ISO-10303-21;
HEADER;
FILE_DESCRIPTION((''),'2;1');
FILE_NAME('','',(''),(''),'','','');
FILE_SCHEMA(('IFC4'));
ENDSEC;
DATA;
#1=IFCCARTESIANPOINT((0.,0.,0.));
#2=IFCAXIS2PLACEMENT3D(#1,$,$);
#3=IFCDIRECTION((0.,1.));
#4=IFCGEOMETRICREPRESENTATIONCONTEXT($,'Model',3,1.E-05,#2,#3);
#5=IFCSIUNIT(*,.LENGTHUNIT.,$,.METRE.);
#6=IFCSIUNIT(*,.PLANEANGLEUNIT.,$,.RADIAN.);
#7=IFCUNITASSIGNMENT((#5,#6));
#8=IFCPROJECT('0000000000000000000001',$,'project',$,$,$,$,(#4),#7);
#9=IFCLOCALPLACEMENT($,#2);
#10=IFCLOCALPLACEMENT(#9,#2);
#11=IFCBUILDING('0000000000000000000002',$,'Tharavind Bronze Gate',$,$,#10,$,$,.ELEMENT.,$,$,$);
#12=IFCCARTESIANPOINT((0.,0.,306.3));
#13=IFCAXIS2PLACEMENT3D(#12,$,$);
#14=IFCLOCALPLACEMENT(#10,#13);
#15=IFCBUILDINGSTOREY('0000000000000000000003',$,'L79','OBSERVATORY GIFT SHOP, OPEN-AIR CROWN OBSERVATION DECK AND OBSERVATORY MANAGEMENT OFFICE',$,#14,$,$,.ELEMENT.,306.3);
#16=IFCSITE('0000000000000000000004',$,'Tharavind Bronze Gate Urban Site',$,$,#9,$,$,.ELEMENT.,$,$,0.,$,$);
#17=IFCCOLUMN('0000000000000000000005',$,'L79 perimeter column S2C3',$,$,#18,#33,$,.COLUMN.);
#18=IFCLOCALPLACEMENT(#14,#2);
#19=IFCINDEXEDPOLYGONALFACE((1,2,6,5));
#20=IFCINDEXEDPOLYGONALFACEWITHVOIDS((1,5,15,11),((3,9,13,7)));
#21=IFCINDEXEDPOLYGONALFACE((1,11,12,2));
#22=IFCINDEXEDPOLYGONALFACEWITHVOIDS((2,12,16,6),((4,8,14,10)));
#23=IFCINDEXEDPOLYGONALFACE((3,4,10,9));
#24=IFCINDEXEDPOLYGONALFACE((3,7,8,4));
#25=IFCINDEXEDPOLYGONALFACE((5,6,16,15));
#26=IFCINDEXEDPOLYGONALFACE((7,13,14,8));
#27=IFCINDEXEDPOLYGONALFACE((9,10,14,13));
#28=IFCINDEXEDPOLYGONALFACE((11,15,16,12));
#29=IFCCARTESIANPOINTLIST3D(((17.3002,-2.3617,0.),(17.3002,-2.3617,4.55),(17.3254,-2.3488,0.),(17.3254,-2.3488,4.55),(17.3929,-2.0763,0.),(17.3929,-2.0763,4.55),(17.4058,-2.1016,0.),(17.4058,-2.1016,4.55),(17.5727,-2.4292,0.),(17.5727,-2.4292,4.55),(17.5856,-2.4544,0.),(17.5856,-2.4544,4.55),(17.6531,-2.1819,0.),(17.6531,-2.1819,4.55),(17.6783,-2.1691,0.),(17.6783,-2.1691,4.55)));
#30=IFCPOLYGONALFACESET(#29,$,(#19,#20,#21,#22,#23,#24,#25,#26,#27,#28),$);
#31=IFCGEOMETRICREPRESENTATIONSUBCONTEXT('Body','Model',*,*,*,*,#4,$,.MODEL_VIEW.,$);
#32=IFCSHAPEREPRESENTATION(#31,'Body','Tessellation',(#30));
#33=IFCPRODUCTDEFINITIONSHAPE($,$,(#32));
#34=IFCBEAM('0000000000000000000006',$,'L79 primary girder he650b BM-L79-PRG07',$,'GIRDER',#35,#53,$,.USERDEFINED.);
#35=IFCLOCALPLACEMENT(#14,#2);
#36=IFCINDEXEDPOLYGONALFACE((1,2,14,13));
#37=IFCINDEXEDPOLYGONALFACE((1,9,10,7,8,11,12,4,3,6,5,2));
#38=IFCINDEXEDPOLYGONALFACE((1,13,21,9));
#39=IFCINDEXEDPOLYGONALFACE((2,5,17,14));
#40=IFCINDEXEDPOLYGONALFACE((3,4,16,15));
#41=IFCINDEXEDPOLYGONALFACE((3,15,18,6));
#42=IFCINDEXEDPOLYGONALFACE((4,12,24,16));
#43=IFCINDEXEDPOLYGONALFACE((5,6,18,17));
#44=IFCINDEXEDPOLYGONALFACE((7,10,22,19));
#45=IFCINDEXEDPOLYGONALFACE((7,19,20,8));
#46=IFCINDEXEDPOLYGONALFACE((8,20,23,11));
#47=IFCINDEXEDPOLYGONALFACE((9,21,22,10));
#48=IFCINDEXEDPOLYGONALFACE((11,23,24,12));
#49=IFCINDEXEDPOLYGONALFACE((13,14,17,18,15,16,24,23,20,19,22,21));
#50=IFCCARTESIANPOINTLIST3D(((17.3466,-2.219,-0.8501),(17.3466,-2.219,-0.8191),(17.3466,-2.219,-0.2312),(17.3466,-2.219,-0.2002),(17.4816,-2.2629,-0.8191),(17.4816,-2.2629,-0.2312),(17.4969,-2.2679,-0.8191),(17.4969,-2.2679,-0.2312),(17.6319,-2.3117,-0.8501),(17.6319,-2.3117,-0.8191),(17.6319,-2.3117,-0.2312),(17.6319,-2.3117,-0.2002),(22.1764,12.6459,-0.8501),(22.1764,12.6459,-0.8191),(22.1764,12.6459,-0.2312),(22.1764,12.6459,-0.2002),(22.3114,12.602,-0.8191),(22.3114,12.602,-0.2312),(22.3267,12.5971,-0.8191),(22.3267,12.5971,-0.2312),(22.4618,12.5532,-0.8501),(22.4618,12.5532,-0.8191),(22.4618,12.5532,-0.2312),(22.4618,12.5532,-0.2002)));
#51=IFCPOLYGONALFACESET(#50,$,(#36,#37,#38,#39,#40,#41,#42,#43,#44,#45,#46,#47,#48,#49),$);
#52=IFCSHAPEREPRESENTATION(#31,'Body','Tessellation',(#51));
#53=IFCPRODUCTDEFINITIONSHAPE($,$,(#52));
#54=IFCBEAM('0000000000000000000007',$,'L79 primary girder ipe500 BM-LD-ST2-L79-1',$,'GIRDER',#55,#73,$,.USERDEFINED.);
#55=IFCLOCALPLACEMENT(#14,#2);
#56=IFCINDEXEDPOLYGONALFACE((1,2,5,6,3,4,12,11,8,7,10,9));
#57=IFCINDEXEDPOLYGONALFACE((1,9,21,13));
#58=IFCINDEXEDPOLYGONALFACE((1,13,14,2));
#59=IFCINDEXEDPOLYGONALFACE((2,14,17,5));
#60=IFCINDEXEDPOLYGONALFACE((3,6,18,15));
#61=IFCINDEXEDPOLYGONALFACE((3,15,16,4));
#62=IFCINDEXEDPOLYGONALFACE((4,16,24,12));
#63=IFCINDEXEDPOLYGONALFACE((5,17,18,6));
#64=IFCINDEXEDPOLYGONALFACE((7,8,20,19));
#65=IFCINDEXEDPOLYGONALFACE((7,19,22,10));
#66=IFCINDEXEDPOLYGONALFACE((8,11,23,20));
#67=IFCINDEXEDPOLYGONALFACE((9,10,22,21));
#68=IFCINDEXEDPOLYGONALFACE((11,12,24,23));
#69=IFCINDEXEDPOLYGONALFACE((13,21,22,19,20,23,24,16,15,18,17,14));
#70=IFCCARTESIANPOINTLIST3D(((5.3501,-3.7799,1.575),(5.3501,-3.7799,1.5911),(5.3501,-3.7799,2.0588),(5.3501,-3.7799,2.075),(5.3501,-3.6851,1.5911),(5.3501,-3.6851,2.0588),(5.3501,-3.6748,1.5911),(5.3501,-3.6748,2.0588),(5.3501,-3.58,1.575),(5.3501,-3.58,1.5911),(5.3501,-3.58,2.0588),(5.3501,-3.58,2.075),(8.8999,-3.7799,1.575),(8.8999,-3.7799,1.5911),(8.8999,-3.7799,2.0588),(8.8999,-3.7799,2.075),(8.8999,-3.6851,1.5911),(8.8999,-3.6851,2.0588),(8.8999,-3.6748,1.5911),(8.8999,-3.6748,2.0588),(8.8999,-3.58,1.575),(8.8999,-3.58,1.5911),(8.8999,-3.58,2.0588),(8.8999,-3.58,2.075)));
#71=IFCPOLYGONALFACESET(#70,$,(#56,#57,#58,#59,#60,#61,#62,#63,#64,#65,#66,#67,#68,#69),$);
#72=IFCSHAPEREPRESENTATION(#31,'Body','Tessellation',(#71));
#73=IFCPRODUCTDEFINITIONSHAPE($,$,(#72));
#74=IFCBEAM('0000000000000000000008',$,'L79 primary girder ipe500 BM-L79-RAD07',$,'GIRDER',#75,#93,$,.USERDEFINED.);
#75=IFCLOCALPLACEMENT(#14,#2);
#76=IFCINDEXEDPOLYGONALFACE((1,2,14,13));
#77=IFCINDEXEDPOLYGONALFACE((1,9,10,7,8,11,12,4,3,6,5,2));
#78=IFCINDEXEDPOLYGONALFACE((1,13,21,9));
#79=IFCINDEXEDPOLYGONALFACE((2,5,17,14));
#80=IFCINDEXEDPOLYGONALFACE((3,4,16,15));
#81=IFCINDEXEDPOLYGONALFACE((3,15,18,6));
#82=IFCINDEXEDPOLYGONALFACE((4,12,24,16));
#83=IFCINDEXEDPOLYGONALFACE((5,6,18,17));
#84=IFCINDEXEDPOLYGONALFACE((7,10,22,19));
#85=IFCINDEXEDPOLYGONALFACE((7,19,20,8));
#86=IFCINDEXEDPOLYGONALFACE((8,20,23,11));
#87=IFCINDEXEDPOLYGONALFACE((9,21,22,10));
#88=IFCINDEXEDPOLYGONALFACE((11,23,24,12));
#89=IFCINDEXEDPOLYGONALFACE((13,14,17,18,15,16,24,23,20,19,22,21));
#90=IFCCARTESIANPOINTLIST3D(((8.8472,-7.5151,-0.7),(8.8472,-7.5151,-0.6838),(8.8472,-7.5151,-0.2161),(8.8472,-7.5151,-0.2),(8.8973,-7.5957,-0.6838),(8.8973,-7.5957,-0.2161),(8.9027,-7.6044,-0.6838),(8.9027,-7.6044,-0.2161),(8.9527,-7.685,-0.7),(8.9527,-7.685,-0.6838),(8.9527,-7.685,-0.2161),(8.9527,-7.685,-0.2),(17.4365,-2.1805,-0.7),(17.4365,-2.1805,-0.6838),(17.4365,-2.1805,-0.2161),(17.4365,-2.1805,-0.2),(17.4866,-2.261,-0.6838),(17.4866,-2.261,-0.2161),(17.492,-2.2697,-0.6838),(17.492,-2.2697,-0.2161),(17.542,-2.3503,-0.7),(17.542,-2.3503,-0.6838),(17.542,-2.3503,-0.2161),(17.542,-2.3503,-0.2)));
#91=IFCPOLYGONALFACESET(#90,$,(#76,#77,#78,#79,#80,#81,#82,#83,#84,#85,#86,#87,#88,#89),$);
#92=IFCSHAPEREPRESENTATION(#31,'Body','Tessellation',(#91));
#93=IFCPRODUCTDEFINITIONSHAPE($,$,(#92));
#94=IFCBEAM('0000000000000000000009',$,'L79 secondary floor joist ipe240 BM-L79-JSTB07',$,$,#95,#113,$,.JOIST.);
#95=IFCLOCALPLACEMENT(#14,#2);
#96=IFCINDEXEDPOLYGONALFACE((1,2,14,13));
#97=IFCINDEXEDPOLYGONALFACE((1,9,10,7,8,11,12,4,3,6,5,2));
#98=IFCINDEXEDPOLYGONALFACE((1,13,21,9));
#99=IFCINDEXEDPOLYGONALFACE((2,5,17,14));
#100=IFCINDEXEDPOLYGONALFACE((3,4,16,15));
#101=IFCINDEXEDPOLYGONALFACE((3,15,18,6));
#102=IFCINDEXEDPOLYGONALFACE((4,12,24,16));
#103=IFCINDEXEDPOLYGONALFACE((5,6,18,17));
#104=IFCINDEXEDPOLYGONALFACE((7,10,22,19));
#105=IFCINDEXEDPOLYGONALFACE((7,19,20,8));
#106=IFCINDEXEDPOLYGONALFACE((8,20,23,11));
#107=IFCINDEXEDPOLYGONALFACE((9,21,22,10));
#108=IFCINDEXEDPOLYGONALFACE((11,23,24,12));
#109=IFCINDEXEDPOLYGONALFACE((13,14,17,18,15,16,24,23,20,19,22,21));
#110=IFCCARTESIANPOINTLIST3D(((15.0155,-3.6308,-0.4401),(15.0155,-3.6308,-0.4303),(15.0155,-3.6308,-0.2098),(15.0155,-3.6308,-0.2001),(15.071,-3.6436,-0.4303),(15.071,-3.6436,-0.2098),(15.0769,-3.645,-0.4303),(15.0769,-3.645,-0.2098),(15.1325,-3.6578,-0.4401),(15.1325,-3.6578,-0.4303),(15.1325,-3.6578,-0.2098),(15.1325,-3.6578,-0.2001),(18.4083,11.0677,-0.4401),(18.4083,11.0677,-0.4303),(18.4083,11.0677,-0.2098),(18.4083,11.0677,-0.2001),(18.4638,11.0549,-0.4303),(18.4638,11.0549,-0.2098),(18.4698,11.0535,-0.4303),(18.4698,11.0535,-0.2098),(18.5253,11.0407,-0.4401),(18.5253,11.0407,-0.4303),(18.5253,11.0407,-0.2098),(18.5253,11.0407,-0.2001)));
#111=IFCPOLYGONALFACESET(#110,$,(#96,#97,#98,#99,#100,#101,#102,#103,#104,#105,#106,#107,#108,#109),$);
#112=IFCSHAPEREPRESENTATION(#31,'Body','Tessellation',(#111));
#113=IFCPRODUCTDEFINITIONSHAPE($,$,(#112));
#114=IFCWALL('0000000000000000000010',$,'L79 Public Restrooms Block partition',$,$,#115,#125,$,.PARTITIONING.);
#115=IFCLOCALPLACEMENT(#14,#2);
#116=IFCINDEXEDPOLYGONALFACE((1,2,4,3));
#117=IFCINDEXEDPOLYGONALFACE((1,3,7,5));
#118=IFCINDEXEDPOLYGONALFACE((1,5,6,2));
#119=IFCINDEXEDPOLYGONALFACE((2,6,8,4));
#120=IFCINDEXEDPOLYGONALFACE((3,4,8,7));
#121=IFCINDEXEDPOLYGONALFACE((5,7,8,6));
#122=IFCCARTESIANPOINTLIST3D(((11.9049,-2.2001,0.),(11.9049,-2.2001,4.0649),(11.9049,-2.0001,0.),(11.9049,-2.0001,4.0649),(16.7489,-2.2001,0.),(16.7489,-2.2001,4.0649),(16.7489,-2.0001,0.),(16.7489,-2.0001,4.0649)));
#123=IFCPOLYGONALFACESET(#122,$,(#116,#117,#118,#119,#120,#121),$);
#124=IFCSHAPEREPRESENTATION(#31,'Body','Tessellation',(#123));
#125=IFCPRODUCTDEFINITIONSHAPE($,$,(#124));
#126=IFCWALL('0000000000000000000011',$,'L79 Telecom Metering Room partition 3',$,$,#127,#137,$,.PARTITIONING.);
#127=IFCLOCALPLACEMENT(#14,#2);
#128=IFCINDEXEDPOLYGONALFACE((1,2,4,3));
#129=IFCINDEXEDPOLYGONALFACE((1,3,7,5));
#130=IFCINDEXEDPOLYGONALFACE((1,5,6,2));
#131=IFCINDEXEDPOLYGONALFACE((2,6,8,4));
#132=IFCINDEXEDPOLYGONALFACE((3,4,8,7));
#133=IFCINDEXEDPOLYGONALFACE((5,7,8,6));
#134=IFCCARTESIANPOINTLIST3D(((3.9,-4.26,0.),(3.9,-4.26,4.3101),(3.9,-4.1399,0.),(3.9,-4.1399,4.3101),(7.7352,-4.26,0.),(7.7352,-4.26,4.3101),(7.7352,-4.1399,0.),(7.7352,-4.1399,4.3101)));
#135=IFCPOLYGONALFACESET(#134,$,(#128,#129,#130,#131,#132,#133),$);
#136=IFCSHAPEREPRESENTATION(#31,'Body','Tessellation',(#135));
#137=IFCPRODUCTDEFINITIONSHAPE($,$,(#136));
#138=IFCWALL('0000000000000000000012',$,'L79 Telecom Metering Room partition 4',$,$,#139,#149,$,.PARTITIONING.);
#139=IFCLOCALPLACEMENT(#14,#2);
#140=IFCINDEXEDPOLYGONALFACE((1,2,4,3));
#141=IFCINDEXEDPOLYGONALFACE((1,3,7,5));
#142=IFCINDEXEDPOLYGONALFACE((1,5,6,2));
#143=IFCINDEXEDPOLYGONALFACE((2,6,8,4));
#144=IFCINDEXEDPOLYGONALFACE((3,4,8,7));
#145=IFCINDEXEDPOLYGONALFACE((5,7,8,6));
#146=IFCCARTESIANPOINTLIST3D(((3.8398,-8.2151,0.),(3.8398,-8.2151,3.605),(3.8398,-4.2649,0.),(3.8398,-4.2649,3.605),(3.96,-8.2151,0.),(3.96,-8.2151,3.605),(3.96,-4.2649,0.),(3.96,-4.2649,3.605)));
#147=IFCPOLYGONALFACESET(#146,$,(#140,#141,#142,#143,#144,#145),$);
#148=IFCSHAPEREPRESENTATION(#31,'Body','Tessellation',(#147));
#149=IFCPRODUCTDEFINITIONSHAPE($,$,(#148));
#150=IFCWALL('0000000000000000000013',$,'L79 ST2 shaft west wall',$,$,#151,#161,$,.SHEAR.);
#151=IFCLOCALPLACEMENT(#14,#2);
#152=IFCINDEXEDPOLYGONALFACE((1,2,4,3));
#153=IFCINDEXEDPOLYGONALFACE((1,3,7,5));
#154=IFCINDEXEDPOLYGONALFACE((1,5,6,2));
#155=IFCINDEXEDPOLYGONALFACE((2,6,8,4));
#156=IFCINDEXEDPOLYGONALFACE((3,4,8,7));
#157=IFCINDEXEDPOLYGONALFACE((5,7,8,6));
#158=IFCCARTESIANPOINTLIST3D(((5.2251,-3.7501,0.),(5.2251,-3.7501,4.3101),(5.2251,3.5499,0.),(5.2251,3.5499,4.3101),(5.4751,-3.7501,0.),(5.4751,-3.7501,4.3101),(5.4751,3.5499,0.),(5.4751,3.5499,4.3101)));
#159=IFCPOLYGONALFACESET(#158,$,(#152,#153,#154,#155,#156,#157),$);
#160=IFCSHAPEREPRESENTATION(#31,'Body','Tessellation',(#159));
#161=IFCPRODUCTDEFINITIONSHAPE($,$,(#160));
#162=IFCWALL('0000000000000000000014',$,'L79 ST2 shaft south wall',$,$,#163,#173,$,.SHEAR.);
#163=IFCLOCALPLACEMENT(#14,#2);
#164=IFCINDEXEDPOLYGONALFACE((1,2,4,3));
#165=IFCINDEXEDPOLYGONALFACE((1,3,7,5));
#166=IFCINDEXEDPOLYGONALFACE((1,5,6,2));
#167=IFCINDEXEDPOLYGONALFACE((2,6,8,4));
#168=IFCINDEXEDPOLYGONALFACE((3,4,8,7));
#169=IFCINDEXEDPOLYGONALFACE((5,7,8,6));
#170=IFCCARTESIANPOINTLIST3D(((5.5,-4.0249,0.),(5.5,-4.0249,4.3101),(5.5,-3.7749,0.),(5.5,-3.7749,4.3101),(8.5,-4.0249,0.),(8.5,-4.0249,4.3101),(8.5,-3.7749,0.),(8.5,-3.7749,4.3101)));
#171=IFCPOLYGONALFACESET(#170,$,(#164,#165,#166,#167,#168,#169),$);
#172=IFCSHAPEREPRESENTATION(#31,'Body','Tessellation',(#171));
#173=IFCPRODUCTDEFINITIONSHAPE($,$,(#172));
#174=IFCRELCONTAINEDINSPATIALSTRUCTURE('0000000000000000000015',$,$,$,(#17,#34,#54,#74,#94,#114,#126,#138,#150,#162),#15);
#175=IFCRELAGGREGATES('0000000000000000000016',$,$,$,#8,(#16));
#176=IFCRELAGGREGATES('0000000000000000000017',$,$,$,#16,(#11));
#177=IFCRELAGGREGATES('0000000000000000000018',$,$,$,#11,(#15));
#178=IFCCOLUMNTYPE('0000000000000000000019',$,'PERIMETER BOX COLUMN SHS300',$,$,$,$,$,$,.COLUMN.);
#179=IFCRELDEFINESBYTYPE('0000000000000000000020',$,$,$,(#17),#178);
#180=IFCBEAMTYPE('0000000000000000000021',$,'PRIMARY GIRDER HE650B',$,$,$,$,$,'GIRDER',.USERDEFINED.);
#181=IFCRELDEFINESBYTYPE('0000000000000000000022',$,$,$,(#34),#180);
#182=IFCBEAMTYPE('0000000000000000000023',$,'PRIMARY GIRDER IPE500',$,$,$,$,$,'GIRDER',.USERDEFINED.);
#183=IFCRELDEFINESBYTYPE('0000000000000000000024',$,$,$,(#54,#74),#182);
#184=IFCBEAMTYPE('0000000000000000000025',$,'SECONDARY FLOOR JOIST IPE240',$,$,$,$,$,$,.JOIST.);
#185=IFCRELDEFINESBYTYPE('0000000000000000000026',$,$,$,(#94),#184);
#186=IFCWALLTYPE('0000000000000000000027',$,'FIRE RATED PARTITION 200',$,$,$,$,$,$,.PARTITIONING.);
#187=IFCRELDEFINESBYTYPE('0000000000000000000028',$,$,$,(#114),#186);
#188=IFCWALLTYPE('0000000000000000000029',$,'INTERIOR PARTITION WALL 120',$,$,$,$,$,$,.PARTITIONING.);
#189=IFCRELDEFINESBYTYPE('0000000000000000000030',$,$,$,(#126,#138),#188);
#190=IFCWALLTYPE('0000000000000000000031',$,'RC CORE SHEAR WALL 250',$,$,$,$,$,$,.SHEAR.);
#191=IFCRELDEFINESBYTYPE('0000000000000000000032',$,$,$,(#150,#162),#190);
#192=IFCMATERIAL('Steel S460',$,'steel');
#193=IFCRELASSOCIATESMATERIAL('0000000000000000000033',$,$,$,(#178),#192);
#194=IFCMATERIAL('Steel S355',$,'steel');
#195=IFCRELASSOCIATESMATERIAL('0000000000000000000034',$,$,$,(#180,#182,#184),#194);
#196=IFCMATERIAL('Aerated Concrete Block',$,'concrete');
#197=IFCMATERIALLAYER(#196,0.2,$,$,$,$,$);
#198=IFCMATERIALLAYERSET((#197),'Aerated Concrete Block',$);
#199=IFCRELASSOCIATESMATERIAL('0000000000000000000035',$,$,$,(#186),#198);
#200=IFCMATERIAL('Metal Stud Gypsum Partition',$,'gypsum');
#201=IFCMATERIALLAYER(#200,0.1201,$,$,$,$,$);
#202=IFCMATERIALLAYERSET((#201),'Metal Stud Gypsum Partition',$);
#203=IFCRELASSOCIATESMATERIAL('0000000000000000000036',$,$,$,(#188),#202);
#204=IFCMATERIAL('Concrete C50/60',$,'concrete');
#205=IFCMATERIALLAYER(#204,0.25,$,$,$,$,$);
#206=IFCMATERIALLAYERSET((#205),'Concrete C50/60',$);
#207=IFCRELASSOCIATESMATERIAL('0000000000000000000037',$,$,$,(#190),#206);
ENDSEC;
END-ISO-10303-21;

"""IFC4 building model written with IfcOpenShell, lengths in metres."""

from ifc_helpers import new_model, si_unit, direction, frame, frame_2d, origin, origin_2d, place, context, subcontext, project, spatial, rectangle, hollow_rectangle, i_section, extrude, material, layer, layer_set, material_profile, profile_set, type_object, element, save


model = new_model("IFC4")

# Units and contexts
model_context = context("Model", 3, precision=1e-05, world=origin(), true_north=direction((0.0, 1.0)))
body_context = subcontext(model_context, "Body", "Model", "MODEL_VIEW")
ifc_project = project(units=[si_unit("LENGTHUNIT", "METRE"), si_unit("PLANEANGLEUNIT", "RADIAN")], contexts=[model_context])

# Site, building, storey
site_placement = place(None, origin())
site = spatial("IfcSite", under=ifc_project, at=site_placement, Name="Tharavind Bronze Gate Urban Site", CompositionType="ELEMENT", RefElevation=0.0)
building_placement = place(site_placement, origin())
building = spatial("IfcBuilding", under=site, at=building_placement, Name="Tharavind Bronze Gate", CompositionType="ELEMENT")
storey_placement = place(building_placement, frame((0.0, 0.0, 306.3)))
storey = spatial("IfcBuildingStorey", under=building, at=storey_placement, Name="L79", Description="OBSERVATORY GIFT SHOP, OPEN-AIR CROWN OBSERVATION DECK AND OBSERVATORY MANAGEMENT OFFICE", CompositionType="ELEMENT", Elevation=306.3)

# Column
ifc_material_1 = material(Name="Steel S460", Category="steel")
ifc_material_profile_1 = material_profile(ifc_material_1, hollow_rectangle(XDim=0.3, YDim=0.3, WallThickness=0.02, at=origin_2d()), Name="SHS300X20")
ifc_profile_set_1 = profile_set([ifc_material_profile_1], Name="Steel S460")
column_type = type_object("IfcColumnType", Name="PERIMETER BOX COLUMN SHS300", PredefinedType="COLUMN", material=ifc_profile_set_1)
column_placement = place(storey_placement, frame((17.4893, -2.2654, 0.0), z_axis=(0.0, 0.0, 1.0), x_axis=(0.309019, 0.951056, 0.0)))
element("IfcColumn", 1, at=column_placement, inside=storey, type_object=column_type, Name="L79 perimeter column S2C3", PredefinedType="COLUMN", context=body_context, shape_type="SweptSolid", body=[
    extrude(hollow_rectangle(XDim=0.3, YDim=0.3, WallThickness=0.02, at=origin_2d()), origin(), (0.0, 0.0, 1.0), 4.55),
])

# Beams
ifc_material_2 = material(Name="Steel S355", Category="steel")
ifc_material_profile_2 = material_profile(ifc_material_2, i_section(OverallWidth=0.3, OverallDepth=0.6499, WebThickness=0.0161, FlangeThickness=0.031, at=origin_2d()), Name="HE650B")
ifc_profile_set_2 = profile_set([ifc_material_profile_2], Name="Steel S355")
beam_type_1 = type_object("IfcBeamType", Name="PRIMARY GIRDER HE650B", ElementType="GIRDER", PredefinedType="USERDEFINED", material=ifc_profile_set_2)
beam_1_placement = place(storey_placement, frame((17.4893, -2.2654, -0.5251), z_axis=(0.309012, 0.951058, 0.0), x_axis=(-0.951058, 0.309012, 0.0)))
element("IfcBeam", 2, at=beam_1_placement, inside=storey, type_object=beam_type_1, Name="L79 primary girder he650b BM-L79-PRG07", ObjectType="GIRDER", PredefinedType="USERDEFINED", context=body_context, shape_type="SweptSolid", body=[
    extrude(i_section(OverallWidth=0.3, OverallDepth=0.6499, WebThickness=0.0161, FlangeThickness=0.031, at=origin_2d()), origin(), (0.0, 0.0, 1.0), 15.6299),
])
ifc_material_profile_3 = material_profile(ifc_material_2, i_section(OverallWidth=0.2, OverallDepth=0.5, WebThickness=0.0103, FlangeThickness=0.0161, at=origin_2d()), Name="IPE500")
ifc_profile_set_3 = profile_set([ifc_material_profile_3], Name="Steel S355")
beam_type_2 = type_object("IfcBeamType", Name="PRIMARY GIRDER IPE500", ElementType="GIRDER", PredefinedType="USERDEFINED", material=ifc_profile_set_3)
beam_2_placement = place(storey_placement, frame((5.3501, -3.6799, 1.825), z_axis=(1.0, 0.0, 0.0), x_axis=(0.0, 1.0, 0.0)))
element("IfcBeam", 3, at=beam_2_placement, inside=storey, type_object=beam_type_2, Name="L79 primary girder ipe500 BM-LD-ST2-L79-1", ObjectType="GIRDER", PredefinedType="USERDEFINED", context=body_context, shape_type="SweptSolid", body=[
    extrude(i_section(OverallWidth=0.2, OverallDepth=0.5, WebThickness=0.0103, FlangeThickness=0.0161, at=origin_2d()), origin(), (0.0, 0.0, 1.0), 3.5498),
])
beam_3_placement = place(storey_placement, frame((17.4893, -2.2654, -0.45), z_axis=(-0.84949, -0.527605, 0.0), x_axis=(0.527605, -0.84949, 0.0)))
element("IfcBeam", 4, at=beam_3_placement, inside=storey, type_object=beam_type_2, Name="L79 primary girder ipe500 BM-L79-RAD07", ObjectType="GIRDER", PredefinedType="USERDEFINED", context=body_context, shape_type="SweptSolid", body=[
    extrude(i_section(OverallWidth=0.2, OverallDepth=0.5, WebThickness=0.0103, FlangeThickness=0.0161, at=origin_2d()), origin(), (0.0, 0.0, 1.0), 10.1111),
])
ifc_material_profile_4 = material_profile(ifc_material_2, i_section(OverallWidth=0.1201, OverallDepth=0.24, WebThickness=0.0061, FlangeThickness=0.0098, at=origin_2d()), Name="IPE240")
ifc_profile_set_4 = profile_set([ifc_material_profile_4], Name="Steel S355")
beam_type_3 = type_object("IfcBeamType", Name="SECONDARY FLOOR JOIST IPE240", PredefinedType="JOIST", material=ifc_profile_set_4)
beam_4_placement = place(storey_placement, frame((15.074, -3.6443, -0.3201), z_axis=(0.224914, 0.974379, 0.0), x_axis=(-0.974379, 0.224914, 0.0)))
element("IfcBeam", 5, at=beam_4_placement, inside=storey, type_object=beam_type_3, Name="L79 secondary floor joist ipe240 BM-L79-JSTB07", PredefinedType="JOIST", context=body_context, shape_type="SweptSolid", body=[
    extrude(i_section(OverallWidth=0.1201, OverallDepth=0.24, WebThickness=0.0061, FlangeThickness=0.0098, at=origin_2d()), origin(), (0.0, 0.0, 1.0), 15.085),
])

# Walls
ifc_material_3 = material(Name="Aerated Concrete Block", Category="concrete")
ifc_layer_1 = layer(ifc_material_3, 0.2)
ifc_layer_set_1 = layer_set([ifc_layer_1], Name="Aerated Concrete Block")
wall_type_1 = type_object("IfcWallType", Name="FIRE RATED PARTITION 200", PredefinedType="PARTITIONING", material=ifc_layer_set_1)
wall_1_placement = place(storey_placement, frame((11.905, -2.1001, 0.0), z_axis=(0.0, 0.0, 1.0), x_axis=(1.0, 0.0, 0.0)))
element("IfcWall", 6, at=wall_1_placement, inside=storey, type_object=wall_type_1, Name="L79 Public Restrooms Block partition", PredefinedType="PARTITIONING", context=body_context, shape_type="SweptSolid", body=[
    extrude(rectangle(XDim=4.844, YDim=0.2, at=frame_2d((2.4219, 0.0))), origin(), (0.0, 0.0, 1.0), 4.0649),
])
ifc_material_4 = material(Name="Metal Stud Gypsum Partition", Category="gypsum")
ifc_layer_2 = layer(ifc_material_4, 0.1201)
ifc_layer_set_2 = layer_set([ifc_layer_2], Name="Metal Stud Gypsum Partition")
wall_type_2 = type_object("IfcWallType", Name="INTERIOR PARTITION WALL 120", PredefinedType="PARTITIONING", material=ifc_layer_set_2)
wall_2_placement = place(storey_placement, frame((7.7351, -4.2, 0.0), z_axis=(0.0, 0.0, 1.0), x_axis=(-1.0, 0.0, 0.0)))
element("IfcWall", 7, at=wall_2_placement, inside=storey, type_object=wall_type_2, Name="L79 Telecom Metering Room partition 3", PredefinedType="PARTITIONING", context=body_context, shape_type="SweptSolid", body=[
    extrude(rectangle(XDim=3.8352, YDim=0.1201, at=frame_2d((1.9175, 0.0))), origin(), (0.0, 0.0, 1.0), 4.3101),
])
wall_3_placement = place(storey_placement, frame((3.8999, -4.2649, 0.0), z_axis=(0.0, 0.0, 1.0), x_axis=(0.0, -1.0, 0.0)))
element("IfcWall", 8, at=wall_3_placement, inside=storey, type_object=wall_type_2, Name="L79 Telecom Metering Room partition 4", PredefinedType="PARTITIONING", context=body_context, shape_type="SweptSolid", body=[
    extrude(rectangle(XDim=3.9502, YDim=0.1201, at=frame_2d((1.9751, 0.0))), origin(), (0.0, 0.0, 1.0), 3.605),
])
ifc_material_5 = material(Name="Concrete C50/60", Category="concrete")
ifc_layer_3 = layer(ifc_material_5, 0.25)
ifc_layer_set_3 = layer_set([ifc_layer_3], Name="Concrete C50/60")
wall_type_3 = type_object("IfcWallType", Name="RC CORE SHEAR WALL 250", PredefinedType="SHEAR", material=ifc_layer_set_3)
wall_4_placement = place(storey_placement, frame((5.3501, -3.75, 0.0), z_axis=(0.0, 0.0, 1.0), x_axis=(0.0, 1.0, 0.0)))
element("IfcWall", 9, at=wall_4_placement, inside=storey, type_object=wall_type_3, Name="L79 ST2 shaft west wall", PredefinedType="SHEAR", context=body_context, shape_type="SweptSolid", body=[
    extrude(rectangle(XDim=7.3, YDim=0.25, at=frame_2d((3.6499, 0.0))), origin(), (0.0, 0.0, 1.0), 4.3101),
])
wall_5_placement = place(storey_placement, frame((5.5, -3.8999, 0.0), z_axis=(0.0, 0.0, 1.0), x_axis=(1.0, 0.0, 0.0)))
element("IfcWall", 10, at=wall_5_placement, inside=storey, type_object=wall_type_3, Name="L79 ST2 shaft south wall", PredefinedType="SHEAR", context=body_context, shape_type="SweptSolid", body=[
    extrude(rectangle(XDim=3.0, YDim=0.25, at=frame_2d((1.5, 0.0))), origin(), (0.0, 0.0, 1.0), 4.3101),
])

save(model, "model.ifc")
